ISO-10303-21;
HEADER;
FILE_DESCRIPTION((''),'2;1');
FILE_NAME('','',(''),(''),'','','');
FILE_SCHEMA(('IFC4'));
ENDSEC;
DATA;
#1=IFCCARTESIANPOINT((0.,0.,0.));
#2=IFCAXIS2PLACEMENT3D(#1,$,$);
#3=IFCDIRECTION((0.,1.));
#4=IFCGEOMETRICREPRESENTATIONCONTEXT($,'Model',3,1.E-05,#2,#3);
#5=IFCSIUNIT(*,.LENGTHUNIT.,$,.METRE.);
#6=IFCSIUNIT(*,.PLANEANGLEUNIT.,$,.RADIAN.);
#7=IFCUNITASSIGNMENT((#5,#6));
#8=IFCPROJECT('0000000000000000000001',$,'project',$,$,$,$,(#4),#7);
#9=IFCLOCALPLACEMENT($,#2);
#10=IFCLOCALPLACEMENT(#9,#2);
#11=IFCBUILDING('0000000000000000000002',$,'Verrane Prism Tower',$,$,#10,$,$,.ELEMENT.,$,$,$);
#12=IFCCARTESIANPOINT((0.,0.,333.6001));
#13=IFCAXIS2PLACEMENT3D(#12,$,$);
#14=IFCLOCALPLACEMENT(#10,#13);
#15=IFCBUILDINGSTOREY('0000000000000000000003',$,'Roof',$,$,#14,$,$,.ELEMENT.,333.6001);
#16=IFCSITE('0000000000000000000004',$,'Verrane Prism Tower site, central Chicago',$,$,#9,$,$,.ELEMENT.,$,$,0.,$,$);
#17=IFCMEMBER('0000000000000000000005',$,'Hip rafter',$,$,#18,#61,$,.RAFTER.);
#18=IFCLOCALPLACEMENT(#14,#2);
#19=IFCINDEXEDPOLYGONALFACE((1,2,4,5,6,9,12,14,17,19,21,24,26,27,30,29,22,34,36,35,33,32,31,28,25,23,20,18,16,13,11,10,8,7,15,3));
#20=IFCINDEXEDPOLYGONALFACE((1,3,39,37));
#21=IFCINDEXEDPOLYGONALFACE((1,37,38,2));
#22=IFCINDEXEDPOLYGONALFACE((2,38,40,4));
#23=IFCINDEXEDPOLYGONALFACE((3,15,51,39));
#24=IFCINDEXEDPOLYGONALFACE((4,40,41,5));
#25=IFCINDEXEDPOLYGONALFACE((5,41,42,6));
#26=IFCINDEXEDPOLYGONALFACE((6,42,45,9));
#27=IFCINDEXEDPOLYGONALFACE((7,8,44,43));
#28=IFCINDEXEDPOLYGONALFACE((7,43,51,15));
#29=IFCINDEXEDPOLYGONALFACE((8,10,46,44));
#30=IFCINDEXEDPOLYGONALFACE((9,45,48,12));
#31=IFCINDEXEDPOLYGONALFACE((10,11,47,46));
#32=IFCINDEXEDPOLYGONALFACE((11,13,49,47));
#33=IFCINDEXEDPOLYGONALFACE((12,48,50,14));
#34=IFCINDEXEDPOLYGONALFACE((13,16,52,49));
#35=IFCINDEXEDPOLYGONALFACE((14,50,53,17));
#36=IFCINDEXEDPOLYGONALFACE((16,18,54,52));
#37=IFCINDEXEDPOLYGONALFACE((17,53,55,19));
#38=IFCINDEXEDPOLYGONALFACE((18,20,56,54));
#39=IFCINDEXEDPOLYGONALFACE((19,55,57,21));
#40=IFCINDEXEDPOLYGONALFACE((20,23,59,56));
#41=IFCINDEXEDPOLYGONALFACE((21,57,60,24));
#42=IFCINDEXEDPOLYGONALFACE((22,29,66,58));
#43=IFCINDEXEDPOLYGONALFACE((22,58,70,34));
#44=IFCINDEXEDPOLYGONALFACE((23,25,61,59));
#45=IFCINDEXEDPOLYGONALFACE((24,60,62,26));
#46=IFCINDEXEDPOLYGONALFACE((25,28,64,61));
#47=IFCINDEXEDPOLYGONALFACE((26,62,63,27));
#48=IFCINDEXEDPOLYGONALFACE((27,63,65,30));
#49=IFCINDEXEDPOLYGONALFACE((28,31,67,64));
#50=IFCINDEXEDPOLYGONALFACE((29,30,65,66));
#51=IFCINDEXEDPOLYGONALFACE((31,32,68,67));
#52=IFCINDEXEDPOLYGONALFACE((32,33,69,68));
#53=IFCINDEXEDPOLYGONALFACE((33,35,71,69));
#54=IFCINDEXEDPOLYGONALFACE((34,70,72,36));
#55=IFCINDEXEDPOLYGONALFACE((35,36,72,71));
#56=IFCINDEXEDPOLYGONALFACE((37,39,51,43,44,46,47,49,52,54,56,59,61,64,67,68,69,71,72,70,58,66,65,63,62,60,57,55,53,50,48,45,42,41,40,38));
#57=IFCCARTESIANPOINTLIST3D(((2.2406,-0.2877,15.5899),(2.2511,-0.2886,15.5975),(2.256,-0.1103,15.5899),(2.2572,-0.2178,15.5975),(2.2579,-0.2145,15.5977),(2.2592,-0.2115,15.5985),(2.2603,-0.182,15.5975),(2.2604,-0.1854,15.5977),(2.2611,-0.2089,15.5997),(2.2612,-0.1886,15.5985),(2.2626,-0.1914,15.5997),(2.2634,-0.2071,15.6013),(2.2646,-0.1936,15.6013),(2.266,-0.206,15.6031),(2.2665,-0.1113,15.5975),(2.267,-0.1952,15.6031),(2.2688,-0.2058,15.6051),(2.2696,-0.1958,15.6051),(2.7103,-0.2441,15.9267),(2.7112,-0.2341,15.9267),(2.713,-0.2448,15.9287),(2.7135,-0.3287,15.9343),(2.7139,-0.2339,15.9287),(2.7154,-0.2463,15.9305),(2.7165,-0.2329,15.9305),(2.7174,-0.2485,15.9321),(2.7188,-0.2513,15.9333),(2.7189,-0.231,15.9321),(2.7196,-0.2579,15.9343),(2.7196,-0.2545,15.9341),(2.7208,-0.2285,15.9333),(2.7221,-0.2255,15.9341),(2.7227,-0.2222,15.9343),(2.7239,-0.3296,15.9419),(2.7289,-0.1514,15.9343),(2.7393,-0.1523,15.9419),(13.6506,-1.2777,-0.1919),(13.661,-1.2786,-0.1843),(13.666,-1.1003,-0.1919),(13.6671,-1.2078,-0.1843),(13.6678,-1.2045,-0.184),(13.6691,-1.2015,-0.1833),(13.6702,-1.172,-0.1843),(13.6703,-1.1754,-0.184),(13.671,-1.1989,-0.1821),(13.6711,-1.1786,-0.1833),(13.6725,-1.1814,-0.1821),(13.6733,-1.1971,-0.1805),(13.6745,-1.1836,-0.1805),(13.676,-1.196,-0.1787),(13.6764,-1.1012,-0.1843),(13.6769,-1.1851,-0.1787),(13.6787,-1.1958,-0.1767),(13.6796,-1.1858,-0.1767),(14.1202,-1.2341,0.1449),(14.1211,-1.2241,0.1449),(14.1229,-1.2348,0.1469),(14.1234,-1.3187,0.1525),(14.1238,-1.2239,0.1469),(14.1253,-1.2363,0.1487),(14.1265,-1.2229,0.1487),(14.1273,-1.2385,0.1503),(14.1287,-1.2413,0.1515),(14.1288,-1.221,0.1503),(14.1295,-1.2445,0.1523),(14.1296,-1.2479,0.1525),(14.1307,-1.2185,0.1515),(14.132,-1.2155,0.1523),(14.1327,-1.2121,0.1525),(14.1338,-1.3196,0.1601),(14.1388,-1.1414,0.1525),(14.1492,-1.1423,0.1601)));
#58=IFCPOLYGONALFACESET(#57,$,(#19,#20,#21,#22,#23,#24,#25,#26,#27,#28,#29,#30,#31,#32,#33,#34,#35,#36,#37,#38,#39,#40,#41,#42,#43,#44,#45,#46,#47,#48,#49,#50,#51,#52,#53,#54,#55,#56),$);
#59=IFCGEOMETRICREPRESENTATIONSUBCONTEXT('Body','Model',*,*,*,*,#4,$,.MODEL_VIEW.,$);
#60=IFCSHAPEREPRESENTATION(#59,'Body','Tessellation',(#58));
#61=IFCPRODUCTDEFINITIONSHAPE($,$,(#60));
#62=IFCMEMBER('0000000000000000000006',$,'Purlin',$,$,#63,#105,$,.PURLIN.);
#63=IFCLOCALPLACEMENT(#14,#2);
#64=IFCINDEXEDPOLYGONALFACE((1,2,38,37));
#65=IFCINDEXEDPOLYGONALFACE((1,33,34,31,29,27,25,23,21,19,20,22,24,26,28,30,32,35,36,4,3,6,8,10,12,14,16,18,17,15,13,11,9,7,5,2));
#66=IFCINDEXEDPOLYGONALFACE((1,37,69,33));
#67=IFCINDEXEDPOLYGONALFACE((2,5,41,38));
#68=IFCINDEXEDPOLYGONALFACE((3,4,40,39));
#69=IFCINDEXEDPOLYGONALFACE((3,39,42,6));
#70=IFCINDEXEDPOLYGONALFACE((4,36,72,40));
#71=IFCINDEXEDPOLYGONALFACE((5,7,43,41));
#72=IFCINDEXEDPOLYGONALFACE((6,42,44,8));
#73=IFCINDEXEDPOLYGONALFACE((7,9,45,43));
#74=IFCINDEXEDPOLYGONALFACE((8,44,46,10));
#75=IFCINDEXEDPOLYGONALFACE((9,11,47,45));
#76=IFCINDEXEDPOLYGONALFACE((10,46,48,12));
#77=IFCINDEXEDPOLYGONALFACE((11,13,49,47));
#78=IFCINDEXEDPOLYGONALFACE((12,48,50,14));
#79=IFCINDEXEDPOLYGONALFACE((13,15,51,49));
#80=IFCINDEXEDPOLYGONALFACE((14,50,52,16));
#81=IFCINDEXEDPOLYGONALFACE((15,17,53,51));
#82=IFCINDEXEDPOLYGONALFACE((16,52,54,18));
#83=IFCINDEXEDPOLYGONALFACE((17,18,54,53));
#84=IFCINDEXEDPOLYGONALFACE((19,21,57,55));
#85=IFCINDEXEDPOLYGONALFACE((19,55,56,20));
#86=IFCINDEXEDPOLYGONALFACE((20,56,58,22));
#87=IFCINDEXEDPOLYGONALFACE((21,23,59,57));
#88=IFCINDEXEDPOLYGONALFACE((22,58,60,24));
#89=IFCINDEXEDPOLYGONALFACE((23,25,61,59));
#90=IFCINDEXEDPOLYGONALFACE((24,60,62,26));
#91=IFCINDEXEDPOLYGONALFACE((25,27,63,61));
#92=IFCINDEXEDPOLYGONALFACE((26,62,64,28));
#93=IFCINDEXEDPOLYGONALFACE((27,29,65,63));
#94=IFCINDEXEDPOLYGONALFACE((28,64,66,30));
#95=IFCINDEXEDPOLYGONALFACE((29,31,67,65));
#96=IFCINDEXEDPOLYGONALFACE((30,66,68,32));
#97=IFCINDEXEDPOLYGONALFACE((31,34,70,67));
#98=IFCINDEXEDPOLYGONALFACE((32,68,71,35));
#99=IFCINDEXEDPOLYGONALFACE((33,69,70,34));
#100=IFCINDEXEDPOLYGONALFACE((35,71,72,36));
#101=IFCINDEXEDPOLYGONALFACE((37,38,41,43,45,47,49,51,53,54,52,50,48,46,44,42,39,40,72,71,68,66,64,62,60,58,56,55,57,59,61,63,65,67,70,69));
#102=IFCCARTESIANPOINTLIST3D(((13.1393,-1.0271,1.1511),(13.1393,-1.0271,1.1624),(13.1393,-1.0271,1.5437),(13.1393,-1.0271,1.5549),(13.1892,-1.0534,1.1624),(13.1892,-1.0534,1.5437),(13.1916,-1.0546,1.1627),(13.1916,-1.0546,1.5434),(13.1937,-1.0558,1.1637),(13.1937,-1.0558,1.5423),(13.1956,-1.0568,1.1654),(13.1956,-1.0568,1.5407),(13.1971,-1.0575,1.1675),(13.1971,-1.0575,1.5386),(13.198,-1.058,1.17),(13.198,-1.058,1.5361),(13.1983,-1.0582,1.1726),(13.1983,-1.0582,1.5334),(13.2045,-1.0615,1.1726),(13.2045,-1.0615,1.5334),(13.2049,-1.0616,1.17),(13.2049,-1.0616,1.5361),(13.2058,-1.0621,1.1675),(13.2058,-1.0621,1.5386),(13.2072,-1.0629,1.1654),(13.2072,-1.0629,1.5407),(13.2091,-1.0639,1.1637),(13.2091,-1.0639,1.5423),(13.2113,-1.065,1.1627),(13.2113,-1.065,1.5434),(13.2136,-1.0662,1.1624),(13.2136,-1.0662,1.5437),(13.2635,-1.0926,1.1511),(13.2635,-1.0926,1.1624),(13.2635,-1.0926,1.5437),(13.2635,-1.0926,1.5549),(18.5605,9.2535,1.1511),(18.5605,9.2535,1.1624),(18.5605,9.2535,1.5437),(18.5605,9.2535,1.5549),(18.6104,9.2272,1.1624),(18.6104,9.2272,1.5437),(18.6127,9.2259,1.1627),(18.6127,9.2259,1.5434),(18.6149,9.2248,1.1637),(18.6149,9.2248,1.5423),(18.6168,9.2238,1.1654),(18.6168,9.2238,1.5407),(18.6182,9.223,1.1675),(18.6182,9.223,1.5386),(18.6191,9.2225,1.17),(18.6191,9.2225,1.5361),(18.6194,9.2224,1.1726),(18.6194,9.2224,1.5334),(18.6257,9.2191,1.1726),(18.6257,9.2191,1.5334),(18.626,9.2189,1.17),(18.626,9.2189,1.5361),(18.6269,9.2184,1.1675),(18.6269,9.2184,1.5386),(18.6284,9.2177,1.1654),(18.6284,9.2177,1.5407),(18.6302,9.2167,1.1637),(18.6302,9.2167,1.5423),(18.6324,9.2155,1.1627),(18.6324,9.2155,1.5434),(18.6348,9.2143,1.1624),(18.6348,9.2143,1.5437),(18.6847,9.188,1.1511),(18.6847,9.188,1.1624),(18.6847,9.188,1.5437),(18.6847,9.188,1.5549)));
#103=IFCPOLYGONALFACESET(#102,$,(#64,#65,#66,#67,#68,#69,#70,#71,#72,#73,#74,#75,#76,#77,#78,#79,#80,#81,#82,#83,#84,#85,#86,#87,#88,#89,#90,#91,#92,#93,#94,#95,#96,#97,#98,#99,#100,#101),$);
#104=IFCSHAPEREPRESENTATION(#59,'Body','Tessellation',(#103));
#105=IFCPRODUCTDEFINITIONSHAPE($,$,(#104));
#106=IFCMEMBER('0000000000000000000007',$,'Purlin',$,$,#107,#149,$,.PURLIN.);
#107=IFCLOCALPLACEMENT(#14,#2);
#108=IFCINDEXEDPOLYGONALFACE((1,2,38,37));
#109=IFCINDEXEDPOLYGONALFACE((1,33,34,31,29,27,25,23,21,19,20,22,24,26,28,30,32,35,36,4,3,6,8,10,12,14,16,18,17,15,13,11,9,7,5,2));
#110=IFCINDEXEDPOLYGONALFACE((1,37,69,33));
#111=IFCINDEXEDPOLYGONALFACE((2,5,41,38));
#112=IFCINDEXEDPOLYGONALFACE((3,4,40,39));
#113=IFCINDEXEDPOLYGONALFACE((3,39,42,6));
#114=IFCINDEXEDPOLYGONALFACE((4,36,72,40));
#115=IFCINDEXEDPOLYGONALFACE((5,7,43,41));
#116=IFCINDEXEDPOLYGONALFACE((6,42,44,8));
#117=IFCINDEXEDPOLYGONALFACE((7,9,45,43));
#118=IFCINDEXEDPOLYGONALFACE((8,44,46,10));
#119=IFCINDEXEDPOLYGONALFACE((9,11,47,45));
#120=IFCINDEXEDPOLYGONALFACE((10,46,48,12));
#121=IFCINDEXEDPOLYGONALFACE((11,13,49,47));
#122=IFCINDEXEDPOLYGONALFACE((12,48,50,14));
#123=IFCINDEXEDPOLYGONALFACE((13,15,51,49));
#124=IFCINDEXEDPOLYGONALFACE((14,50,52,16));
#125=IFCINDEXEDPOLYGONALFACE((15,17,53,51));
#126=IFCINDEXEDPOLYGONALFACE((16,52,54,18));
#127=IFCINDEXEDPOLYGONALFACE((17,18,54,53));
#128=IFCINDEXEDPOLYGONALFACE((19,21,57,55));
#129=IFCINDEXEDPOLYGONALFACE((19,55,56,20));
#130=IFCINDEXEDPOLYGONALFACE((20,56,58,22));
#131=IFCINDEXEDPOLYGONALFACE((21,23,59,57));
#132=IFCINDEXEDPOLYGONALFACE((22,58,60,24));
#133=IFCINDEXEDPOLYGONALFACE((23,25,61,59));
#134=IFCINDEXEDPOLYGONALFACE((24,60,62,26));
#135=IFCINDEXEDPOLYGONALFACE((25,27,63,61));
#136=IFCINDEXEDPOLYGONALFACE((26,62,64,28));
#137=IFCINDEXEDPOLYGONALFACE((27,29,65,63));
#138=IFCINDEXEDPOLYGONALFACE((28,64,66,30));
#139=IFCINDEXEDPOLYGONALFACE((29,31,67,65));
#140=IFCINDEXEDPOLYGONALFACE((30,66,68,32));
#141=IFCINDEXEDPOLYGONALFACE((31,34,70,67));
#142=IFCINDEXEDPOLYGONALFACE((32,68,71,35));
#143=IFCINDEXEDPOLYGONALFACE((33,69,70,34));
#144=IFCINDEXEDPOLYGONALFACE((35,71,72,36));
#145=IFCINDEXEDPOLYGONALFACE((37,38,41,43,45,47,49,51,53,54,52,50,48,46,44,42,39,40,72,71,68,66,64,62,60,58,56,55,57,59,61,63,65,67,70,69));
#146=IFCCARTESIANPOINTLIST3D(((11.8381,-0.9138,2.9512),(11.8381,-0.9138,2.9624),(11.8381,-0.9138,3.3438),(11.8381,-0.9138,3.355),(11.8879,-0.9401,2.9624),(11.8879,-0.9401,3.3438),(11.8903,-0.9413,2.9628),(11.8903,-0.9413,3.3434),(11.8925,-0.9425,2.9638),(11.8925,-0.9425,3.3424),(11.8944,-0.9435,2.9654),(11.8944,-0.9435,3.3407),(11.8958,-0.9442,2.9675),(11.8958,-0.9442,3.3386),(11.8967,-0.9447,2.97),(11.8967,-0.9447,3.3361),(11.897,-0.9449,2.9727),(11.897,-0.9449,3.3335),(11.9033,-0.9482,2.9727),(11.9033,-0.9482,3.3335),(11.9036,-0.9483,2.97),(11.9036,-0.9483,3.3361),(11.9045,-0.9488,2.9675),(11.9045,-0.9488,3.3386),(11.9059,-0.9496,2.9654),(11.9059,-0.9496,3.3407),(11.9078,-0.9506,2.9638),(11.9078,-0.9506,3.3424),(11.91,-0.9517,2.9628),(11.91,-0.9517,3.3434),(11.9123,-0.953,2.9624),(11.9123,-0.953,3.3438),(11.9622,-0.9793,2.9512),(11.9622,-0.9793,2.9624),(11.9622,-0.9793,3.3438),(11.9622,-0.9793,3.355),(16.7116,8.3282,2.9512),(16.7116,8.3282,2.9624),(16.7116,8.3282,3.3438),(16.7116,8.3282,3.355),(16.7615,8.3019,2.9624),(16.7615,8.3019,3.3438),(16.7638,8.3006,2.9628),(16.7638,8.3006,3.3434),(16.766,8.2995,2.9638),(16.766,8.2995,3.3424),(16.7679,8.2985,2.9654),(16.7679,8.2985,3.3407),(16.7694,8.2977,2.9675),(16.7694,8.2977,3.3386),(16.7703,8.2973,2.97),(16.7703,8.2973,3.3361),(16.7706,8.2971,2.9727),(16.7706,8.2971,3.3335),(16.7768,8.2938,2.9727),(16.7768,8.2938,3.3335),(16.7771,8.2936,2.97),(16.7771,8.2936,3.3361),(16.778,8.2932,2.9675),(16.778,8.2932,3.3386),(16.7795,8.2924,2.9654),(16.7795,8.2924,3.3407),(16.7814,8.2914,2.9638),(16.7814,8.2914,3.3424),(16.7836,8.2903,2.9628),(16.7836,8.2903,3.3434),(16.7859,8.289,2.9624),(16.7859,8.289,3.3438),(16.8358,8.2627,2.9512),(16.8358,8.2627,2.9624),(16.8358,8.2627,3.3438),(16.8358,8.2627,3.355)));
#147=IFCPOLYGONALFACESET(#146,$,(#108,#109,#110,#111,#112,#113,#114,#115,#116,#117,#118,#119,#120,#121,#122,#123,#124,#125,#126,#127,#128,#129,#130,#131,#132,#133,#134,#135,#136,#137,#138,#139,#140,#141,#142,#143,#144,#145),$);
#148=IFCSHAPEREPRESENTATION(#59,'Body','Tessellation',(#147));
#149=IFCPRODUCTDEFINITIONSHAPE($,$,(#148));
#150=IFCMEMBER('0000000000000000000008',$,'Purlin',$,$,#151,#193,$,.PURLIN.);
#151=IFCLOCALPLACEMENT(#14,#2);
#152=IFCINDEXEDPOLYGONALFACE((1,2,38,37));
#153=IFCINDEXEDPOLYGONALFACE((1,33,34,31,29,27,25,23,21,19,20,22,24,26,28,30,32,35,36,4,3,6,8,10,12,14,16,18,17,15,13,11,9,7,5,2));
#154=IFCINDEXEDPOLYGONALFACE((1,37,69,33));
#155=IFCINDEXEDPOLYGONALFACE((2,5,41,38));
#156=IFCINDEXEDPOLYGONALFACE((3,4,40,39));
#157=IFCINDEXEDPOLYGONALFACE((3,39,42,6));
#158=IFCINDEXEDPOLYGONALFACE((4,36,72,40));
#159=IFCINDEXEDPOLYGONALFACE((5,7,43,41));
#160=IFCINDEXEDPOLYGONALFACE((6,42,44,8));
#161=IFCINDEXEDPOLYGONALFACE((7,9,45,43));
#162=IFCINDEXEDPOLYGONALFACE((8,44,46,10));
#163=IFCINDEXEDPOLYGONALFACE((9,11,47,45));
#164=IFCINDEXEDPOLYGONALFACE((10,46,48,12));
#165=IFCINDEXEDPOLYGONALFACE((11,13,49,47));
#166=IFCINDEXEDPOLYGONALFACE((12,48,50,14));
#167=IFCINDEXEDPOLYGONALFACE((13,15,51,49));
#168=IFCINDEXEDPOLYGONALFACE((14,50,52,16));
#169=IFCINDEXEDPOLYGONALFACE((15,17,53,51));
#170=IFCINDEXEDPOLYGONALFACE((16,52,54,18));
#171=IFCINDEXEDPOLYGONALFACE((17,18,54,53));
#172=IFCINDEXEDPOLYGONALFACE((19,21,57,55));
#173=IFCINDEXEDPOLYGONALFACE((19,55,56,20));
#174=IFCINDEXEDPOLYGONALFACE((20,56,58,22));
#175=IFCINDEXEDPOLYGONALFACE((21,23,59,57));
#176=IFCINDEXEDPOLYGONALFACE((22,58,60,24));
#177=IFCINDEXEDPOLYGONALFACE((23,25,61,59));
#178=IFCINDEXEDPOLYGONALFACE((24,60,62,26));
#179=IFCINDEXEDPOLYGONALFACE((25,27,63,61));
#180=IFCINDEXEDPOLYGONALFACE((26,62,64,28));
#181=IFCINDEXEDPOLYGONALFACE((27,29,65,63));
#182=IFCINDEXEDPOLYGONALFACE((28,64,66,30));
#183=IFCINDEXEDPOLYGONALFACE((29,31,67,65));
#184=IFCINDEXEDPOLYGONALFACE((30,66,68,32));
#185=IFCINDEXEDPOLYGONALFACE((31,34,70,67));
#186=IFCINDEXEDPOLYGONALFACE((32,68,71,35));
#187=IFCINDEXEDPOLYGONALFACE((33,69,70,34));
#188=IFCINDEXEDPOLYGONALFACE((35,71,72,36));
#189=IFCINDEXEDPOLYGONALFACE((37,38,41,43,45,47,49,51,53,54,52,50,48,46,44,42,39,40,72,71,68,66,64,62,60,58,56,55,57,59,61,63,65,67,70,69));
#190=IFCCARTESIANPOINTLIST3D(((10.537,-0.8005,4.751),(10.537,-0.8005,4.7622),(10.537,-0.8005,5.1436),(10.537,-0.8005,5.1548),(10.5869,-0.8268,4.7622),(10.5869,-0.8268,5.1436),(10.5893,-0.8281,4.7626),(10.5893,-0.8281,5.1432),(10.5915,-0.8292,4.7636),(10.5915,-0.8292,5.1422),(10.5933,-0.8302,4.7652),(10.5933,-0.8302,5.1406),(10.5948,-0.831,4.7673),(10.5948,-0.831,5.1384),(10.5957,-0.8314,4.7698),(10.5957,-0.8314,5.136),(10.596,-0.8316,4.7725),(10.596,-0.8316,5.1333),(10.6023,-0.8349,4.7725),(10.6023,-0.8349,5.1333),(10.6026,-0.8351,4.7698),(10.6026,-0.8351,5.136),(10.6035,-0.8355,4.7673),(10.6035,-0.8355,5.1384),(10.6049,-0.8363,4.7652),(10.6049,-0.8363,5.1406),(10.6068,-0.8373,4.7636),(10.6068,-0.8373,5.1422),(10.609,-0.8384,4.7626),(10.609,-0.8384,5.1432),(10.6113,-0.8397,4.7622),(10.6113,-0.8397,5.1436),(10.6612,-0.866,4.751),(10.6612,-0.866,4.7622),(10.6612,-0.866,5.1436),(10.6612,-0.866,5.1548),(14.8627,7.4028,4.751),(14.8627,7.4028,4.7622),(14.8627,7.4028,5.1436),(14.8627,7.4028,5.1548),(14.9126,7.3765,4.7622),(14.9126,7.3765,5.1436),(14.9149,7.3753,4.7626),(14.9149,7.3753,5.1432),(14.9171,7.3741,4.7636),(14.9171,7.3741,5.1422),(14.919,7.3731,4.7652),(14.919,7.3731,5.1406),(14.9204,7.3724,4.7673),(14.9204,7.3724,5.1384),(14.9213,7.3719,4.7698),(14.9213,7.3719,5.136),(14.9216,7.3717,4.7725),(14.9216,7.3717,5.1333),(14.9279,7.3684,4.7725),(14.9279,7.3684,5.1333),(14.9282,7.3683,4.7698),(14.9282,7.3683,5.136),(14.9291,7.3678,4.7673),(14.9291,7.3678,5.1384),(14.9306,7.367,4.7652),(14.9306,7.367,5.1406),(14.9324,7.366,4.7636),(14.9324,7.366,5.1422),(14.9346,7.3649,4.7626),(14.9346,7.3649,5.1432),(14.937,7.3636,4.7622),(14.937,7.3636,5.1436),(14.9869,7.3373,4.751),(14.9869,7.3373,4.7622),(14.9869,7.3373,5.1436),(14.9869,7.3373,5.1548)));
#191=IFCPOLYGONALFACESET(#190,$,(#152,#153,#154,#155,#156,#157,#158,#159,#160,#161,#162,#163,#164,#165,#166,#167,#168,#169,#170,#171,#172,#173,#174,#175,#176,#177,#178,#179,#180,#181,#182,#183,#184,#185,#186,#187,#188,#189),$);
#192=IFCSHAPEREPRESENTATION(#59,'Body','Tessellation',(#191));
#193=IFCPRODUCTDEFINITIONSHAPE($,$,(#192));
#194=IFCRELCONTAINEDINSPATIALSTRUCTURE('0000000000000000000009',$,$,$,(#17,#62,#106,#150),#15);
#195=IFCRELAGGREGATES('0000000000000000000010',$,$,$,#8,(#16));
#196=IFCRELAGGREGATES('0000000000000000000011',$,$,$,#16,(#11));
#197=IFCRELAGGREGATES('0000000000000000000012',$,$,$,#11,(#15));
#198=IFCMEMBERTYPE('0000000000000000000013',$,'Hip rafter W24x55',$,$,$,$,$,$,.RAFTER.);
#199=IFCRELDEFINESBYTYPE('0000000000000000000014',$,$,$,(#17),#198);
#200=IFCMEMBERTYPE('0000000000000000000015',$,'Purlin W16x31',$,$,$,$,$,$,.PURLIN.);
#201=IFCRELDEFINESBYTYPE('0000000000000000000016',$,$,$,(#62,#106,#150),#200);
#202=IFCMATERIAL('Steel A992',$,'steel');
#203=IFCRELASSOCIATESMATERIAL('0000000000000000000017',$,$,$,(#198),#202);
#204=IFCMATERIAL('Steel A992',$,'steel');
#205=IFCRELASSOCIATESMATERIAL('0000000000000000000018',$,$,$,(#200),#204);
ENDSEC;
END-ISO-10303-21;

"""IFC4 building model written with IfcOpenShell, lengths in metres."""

from ifc_helpers import new_model, si_unit, direction, frame, origin, origin_2d, place, context, subcontext, project, spatial, i_section, extrude, material, material_profile, profile_set, type_object, element, save


model = new_model("IFC4")

# Units and contexts
model_context = context("Model", 3, precision=1e-05, world=origin(), true_north=direction((0.0, 1.0)))
body_context = subcontext(model_context, "Body", "Model", "MODEL_VIEW")
ifc_project = project(units=[si_unit("LENGTHUNIT", "METRE"), si_unit("PLANEANGLEUNIT", "RADIAN")], contexts=[model_context])

# Site, building, storey
site_placement = place(None, origin())
site = spatial("IfcSite", under=ifc_project, at=site_placement, Name="Verrane Prism Tower site, central Chicago", CompositionType="ELEMENT", RefElevation=0.0)
building_placement = place(site_placement, origin())
building = spatial("IfcBuilding", under=site, at=building_placement, Name="Verrane Prism Tower", CompositionType="ELEMENT")
storey_placement = place(building_placement, frame((0.0, 0.0, 333.6001)))
storey = spatial("IfcBuildingStorey", under=building, at=storey_placement, Name="Roof", CompositionType="ELEMENT", Elevation=333.6001)

# Members
ifc_material_1 = material(Name="Steel A992", Category="steel")
ifc_material_profile_1 = material_profile(ifc_material_1, i_section(OverallWidth=0.178, OverallDepth=0.5994, WebThickness=0.01, FlangeThickness=0.0129, FilletRadius=0.0129, at=origin_2d()), Name="W24x55")
ifc_profile_set_1 = profile_set([ifc_material_profile_1], Name="Steel A992")
member_type_1 = type_object("IfcMemberType", Name="Hip rafter W24x55", PredefinedType="RAFTER", material=ifc_profile_set_1)
member_1_placement = place(storey_placement, frame((13.8999, -1.21, -0.0159), z_axis=(-0.58514, 0.05077, 0.809342), x_axis=(-0.086441, -0.996257, 0.0)))
element("IfcMember", 1, at=member_1_placement, inside=storey, type_object=member_type_1, Name="Hip rafter", PredefinedType="RAFTER", context=body_context, shape_type="SweptSolid", body=[
    extrude(i_section(OverallWidth=0.178, OverallDepth=0.5994, WebThickness=0.01, FlangeThickness=0.0129, FilletRadius=0.0129, at=origin_2d()), origin(), (0.0, 0.0, 1.0), 19.4995),
])
ifc_material_2 = material(Name="Steel A992", Category="steel")
ifc_material_profile_2 = material_profile(ifc_material_2, i_section(OverallWidth=0.1404, OverallDepth=0.4038, WebThickness=0.0071, FlangeThickness=0.0112, FilletRadius=0.0103, at=origin_2d()), Name="W16x31")
ifc_profile_set_2 = profile_set([ifc_material_profile_2], Name="Steel A992")
member_type_2 = type_object("IfcMemberType", Name="Purlin W16x31", PredefinedType="PURLIN", material=ifc_profile_set_2)
member_2_placement = place(storey_placement, frame((13.2014, -1.0598, 1.353), z_axis=(0.466443, 0.884551, 0.0), x_axis=(-0.884551, 0.466443, 0.0)))
element("IfcMember", 2, at=member_2_placement, inside=storey, type_object=member_type_2, Name="Purlin", PredefinedType="PURLIN", context=body_context, shape_type="SweptSolid", body=[
    extrude(i_section(OverallWidth=0.1404, OverallDepth=0.4038, WebThickness=0.0071, FlangeThickness=0.0112, FilletRadius=0.0103, at=origin_2d()), origin(), (0.0, 0.0, 1.0), 11.6223),
])
member_3_placement = place(storey_placement, frame((11.9001, -0.9465, 3.1531), z_axis=(0.466447, 0.884549, 0.0), x_axis=(-0.884549, 0.466447, 0.0)))
element("IfcMember", 3, at=member_3_placement, inside=storey, type_object=member_type_2, Name="Purlin", PredefinedType="PURLIN", context=body_context, shape_type="SweptSolid", body=[
    extrude(i_section(OverallWidth=0.1404, OverallDepth=0.4038, WebThickness=0.0071, FlangeThickness=0.0112, FilletRadius=0.0103, at=origin_2d()), origin(), (0.0, 0.0, 1.0), 10.4482),
])
member_4_placement = place(storey_placement, frame((10.5991, -0.8333, 4.9529), z_axis=(0.466432, 0.884557, 0.0), x_axis=(-0.884557, 0.466432, 0.0)))
element("IfcMember", 4, at=member_4_placement, inside=storey, type_object=member_type_2, Name="Purlin", PredefinedType="PURLIN", context=body_context, shape_type="SweptSolid", body=[
    extrude(i_section(OverallWidth=0.1404, OverallDepth=0.4038, WebThickness=0.0071, FlangeThickness=0.0112, FilletRadius=0.0103, at=origin_2d()), origin(), (0.0, 0.0, 1.0), 9.2739),
])

save(model, "model.ifc")
